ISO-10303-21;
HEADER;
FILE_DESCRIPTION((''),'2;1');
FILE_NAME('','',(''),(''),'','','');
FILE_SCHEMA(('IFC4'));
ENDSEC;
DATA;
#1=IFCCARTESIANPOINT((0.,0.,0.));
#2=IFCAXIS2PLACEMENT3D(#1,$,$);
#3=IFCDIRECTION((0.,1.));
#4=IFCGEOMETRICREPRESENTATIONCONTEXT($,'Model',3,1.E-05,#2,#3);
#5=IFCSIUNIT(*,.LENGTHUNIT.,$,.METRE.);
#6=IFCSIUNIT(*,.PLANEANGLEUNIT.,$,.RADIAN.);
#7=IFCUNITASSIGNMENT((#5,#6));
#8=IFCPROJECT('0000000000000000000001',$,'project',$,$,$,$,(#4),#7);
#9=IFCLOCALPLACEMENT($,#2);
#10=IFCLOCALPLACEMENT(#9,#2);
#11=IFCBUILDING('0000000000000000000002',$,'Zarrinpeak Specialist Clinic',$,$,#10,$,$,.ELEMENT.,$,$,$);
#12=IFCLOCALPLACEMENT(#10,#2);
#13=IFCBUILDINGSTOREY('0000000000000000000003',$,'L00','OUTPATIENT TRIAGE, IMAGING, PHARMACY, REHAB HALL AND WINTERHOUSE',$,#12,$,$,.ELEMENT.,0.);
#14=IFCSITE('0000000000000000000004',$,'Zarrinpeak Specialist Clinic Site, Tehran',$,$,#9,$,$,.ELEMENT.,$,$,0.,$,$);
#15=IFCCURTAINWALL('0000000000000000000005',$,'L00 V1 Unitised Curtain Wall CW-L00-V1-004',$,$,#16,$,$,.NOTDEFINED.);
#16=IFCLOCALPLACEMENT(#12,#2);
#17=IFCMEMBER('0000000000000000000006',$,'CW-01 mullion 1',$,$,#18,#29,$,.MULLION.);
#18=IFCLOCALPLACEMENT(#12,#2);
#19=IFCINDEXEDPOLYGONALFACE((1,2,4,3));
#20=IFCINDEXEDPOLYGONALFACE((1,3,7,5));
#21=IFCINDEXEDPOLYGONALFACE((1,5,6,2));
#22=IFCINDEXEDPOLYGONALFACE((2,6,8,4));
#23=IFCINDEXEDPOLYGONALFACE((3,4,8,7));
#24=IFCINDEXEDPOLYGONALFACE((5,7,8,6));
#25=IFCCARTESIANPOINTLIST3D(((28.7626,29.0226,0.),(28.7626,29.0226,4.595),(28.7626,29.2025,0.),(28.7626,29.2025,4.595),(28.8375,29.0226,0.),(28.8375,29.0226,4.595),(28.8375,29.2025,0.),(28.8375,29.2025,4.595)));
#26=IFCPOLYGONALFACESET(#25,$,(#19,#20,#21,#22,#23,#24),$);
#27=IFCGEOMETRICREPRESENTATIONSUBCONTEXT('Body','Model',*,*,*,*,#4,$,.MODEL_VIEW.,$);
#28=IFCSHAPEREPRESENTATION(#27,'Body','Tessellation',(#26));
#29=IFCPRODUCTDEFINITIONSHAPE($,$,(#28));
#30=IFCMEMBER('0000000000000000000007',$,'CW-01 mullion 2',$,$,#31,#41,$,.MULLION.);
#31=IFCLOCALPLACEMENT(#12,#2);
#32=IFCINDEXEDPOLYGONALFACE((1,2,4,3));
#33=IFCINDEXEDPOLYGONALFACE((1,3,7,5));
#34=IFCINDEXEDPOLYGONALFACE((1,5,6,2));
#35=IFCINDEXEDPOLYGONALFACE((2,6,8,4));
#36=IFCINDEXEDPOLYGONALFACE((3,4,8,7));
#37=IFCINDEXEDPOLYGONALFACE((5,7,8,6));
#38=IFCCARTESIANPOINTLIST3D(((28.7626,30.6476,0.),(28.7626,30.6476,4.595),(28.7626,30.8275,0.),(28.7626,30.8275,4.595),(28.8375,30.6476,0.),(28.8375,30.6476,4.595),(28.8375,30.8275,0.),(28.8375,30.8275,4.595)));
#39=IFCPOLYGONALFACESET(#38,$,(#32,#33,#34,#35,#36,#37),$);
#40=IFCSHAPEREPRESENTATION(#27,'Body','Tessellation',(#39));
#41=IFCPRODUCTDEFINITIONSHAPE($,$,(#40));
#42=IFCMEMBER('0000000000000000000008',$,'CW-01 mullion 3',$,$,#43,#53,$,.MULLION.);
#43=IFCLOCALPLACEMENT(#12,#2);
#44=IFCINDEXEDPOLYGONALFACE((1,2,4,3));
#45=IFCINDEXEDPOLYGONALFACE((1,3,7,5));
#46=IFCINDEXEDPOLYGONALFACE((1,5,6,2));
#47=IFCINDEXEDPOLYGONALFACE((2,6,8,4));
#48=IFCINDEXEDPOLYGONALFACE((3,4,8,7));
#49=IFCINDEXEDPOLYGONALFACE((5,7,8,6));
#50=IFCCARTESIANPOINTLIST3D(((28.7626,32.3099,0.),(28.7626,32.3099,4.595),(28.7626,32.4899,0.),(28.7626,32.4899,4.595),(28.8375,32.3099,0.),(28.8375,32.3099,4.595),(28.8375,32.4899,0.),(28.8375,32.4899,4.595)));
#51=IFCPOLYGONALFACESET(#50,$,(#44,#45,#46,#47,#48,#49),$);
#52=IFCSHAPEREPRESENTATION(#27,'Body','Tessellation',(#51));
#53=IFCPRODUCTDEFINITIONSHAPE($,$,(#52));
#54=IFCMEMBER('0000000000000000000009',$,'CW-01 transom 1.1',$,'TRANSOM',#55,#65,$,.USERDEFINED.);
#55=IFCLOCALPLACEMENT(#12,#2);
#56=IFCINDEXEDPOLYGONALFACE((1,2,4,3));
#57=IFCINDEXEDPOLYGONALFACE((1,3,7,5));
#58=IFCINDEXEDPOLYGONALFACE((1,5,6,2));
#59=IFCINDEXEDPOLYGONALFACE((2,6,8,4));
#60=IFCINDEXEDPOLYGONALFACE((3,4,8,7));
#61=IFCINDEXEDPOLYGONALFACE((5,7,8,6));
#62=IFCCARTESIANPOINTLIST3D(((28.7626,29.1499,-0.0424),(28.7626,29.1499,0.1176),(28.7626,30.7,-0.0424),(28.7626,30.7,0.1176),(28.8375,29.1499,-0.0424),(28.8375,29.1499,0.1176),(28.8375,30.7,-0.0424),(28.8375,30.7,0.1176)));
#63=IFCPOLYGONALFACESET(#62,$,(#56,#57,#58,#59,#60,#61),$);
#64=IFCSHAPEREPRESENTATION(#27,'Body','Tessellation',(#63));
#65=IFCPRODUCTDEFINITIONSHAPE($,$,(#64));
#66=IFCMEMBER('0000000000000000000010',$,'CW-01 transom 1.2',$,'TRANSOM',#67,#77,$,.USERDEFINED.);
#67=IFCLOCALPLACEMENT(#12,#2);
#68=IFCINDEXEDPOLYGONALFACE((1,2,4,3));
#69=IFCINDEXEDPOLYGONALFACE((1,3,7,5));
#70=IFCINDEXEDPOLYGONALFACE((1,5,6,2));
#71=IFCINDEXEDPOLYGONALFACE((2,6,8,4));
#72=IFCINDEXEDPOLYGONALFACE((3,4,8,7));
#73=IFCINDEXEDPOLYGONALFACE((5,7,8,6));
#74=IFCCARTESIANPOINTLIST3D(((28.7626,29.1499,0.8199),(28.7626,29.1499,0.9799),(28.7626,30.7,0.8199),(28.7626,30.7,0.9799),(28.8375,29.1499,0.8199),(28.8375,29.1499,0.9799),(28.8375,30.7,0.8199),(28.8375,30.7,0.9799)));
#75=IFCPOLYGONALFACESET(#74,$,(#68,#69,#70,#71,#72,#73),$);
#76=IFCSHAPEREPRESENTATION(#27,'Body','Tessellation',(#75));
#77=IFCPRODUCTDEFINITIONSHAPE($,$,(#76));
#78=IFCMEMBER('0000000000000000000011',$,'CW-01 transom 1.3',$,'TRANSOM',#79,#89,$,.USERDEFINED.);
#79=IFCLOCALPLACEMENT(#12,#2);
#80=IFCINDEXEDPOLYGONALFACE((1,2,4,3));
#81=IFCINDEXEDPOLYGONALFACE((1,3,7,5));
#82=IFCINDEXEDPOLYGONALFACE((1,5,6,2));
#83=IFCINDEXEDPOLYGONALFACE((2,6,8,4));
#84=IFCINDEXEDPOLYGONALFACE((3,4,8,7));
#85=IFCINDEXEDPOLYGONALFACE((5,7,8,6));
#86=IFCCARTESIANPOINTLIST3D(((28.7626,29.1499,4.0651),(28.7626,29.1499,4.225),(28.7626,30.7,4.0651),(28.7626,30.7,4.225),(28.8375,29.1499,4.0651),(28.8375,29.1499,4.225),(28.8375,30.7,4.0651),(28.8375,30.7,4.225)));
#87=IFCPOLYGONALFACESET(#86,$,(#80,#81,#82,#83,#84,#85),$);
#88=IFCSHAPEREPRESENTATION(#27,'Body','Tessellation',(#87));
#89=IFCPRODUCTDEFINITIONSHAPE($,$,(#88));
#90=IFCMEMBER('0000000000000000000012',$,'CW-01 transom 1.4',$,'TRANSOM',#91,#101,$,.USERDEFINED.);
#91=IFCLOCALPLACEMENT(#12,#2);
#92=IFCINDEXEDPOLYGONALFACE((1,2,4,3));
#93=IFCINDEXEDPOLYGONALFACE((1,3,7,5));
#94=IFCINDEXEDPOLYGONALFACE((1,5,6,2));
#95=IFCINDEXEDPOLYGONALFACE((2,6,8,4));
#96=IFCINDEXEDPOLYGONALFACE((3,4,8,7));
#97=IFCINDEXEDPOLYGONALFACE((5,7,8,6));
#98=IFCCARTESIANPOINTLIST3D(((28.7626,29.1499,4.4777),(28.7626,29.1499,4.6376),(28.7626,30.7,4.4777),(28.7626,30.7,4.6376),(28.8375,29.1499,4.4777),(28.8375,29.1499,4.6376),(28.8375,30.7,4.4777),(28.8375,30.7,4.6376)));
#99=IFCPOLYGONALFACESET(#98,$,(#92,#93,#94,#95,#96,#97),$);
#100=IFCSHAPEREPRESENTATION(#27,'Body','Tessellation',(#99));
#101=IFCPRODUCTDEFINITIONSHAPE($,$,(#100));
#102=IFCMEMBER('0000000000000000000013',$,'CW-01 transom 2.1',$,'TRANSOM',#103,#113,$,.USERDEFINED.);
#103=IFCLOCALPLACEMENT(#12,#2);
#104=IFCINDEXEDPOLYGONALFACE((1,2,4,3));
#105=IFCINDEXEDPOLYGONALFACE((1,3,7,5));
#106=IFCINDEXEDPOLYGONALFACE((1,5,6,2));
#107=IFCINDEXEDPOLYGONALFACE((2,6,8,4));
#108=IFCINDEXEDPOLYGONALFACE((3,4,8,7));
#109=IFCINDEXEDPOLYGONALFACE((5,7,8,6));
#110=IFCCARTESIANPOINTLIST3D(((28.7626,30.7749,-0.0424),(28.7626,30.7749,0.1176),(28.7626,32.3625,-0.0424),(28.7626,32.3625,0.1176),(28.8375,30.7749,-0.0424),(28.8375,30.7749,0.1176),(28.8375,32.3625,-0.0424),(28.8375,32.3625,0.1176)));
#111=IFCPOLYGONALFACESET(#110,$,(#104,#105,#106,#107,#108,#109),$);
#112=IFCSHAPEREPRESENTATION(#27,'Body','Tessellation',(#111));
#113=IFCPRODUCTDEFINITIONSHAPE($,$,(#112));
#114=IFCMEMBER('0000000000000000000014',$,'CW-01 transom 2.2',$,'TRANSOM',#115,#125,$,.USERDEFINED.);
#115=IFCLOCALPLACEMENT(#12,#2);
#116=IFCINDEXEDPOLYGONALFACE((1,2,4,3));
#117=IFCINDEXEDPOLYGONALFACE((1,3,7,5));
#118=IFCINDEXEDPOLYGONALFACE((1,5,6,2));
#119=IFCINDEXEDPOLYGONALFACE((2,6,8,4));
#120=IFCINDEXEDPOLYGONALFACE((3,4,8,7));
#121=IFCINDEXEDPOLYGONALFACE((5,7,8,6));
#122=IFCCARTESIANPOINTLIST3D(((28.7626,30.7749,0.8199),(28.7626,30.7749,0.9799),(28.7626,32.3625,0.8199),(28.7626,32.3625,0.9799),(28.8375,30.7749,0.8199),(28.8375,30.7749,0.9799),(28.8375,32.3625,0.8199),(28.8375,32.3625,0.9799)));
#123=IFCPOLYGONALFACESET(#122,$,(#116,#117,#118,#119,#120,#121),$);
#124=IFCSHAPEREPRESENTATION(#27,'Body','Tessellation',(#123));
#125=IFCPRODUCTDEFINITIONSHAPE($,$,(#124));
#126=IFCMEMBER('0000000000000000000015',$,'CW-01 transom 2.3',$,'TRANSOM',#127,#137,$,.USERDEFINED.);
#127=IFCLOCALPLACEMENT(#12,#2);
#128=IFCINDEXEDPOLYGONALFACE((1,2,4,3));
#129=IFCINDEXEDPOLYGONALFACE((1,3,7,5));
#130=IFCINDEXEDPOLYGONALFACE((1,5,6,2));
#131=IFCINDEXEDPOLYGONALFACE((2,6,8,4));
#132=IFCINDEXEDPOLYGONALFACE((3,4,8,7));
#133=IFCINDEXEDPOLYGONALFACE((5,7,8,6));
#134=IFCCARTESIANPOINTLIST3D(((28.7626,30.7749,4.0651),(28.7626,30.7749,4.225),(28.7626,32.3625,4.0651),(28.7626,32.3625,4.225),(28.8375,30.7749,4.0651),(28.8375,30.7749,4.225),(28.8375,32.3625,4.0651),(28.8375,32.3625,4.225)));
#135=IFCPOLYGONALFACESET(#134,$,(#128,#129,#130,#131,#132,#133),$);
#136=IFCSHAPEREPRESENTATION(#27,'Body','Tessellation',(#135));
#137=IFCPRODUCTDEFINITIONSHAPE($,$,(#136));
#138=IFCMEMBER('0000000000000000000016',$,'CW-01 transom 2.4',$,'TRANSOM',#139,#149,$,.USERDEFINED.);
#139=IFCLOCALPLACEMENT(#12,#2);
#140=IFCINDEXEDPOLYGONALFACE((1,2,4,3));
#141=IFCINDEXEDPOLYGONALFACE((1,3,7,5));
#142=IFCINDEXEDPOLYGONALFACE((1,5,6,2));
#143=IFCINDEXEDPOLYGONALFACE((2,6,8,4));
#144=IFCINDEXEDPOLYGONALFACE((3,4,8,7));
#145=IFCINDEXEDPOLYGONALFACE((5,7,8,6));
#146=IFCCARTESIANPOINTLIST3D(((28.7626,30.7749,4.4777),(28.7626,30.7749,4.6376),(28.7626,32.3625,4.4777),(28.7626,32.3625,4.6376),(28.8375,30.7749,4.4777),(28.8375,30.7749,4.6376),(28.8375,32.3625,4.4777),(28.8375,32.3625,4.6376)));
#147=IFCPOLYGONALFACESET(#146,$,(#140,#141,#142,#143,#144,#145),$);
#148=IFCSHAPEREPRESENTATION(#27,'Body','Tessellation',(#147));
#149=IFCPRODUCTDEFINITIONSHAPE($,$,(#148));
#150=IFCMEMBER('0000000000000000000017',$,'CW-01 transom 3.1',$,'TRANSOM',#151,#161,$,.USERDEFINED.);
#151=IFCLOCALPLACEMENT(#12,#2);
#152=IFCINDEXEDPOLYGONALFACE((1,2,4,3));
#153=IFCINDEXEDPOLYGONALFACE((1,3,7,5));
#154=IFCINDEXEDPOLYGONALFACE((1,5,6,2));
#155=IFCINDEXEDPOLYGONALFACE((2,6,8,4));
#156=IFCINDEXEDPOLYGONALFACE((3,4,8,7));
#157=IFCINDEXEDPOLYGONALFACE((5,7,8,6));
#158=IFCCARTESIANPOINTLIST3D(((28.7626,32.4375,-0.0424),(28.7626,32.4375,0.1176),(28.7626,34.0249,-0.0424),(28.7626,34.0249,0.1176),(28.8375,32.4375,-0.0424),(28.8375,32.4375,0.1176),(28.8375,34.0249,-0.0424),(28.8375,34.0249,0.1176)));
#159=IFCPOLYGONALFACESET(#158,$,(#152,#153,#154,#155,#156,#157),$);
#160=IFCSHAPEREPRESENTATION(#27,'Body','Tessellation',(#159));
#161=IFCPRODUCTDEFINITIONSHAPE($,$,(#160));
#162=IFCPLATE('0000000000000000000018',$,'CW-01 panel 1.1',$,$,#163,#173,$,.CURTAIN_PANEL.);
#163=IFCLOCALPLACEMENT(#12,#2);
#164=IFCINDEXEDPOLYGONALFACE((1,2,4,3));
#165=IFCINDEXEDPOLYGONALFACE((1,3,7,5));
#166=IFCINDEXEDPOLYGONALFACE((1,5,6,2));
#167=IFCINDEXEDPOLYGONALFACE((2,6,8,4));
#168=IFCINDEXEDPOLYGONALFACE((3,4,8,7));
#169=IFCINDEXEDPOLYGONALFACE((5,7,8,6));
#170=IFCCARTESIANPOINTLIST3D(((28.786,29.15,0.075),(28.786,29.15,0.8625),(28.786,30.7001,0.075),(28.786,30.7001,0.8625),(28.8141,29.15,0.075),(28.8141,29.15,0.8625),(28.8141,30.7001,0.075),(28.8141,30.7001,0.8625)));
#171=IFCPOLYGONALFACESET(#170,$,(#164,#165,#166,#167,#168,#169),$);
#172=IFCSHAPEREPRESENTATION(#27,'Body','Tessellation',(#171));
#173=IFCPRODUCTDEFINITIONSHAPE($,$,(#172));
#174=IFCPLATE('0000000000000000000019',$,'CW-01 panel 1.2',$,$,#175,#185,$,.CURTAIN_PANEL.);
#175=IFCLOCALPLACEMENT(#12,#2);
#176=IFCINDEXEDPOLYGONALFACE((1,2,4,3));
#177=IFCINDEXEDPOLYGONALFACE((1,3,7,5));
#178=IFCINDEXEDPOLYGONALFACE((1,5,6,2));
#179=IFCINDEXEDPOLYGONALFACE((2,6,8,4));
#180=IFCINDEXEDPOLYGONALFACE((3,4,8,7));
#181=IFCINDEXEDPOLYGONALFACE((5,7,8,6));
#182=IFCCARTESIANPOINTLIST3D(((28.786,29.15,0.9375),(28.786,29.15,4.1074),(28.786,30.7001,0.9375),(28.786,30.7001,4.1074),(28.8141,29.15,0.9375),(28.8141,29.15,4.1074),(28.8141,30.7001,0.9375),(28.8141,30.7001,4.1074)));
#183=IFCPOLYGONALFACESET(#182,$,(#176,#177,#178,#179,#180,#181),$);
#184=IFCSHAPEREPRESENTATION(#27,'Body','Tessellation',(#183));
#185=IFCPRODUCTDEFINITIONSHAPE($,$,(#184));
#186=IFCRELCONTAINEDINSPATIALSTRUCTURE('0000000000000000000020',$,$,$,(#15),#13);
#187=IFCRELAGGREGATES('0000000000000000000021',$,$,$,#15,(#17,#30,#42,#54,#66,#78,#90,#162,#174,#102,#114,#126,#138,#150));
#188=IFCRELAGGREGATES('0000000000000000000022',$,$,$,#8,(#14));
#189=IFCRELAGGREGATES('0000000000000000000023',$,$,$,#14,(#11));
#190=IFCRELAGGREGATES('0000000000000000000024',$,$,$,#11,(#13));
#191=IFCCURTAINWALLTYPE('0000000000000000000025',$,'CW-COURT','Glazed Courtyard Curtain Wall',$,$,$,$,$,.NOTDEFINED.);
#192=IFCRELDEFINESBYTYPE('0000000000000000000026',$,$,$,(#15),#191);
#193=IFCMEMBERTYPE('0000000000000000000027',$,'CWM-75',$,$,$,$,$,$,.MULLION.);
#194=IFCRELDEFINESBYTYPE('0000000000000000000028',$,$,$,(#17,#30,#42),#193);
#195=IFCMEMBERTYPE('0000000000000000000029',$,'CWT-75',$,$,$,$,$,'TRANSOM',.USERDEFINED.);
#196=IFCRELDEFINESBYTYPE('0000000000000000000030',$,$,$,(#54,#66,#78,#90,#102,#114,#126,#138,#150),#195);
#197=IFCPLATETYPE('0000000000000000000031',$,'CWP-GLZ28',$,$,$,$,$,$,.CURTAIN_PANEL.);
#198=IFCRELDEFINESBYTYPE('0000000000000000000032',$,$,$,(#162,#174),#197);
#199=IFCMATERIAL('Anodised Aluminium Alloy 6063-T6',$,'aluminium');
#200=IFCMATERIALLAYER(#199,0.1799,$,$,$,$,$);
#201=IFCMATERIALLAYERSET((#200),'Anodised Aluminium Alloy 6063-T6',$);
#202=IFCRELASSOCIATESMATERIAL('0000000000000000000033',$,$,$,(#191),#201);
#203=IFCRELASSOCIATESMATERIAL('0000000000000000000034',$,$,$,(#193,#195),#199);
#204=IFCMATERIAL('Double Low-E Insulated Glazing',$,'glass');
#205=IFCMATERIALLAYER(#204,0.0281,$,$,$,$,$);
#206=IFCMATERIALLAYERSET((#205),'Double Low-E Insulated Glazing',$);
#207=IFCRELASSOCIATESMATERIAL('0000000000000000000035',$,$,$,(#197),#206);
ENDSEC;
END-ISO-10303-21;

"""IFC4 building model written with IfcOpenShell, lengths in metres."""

from ifc_helpers import new_model, si_unit, direction, frame, origin, origin_2d, place, context, subcontext, project, spatial, rectangle, extrude, material, layer, layer_set, material_profile, profile_set, type_object, element, aggregate, save


model = new_model("IFC4")

# Units and contexts
model_context = context("Model", 3, precision=1e-05, world=origin(), true_north=direction((0.0, 1.0)))
body_context = subcontext(model_context, "Body", "Model", "MODEL_VIEW")
ifc_project = project(units=[si_unit("LENGTHUNIT", "METRE"), si_unit("PLANEANGLEUNIT", "RADIAN")], contexts=[model_context])

# Site, building, storey
site_placement = place(None, origin())
site = spatial("IfcSite", under=ifc_project, at=site_placement, Name="Zarrinpeak Specialist Clinic Site, Tehran", CompositionType="ELEMENT", RefElevation=0.0)
building_placement = place(site_placement, origin())
building = spatial("IfcBuilding", under=site, at=building_placement, Name="Zarrinpeak Specialist Clinic", CompositionType="ELEMENT")
storey_placement = place(building_placement, origin())
storey = spatial("IfcBuildingStorey", under=building, at=storey_placement, Name="L00", Description="OUTPATIENT TRIAGE, IMAGING, PHARMACY, REHAB HALL AND WINTERHOUSE", CompositionType="ELEMENT", Elevation=0.0)

# Curtain wall, members, plates
ifc_material_1 = material(Name="Anodised Aluminium Alloy 6063-T6", Category="aluminium")
ifc_layer_1 = layer(ifc_material_1, 0.1799)
ifc_layer_set_1 = layer_set([ifc_layer_1], Name="Anodised Aluminium Alloy 6063-T6")
curtain_wall_type = type_object("IfcCurtainWallType", Name="CW-COURT", Description="Glazed Courtyard Curtain Wall", PredefinedType="NOTDEFINED", material=ifc_layer_set_1)
curtain_wall_placement = place(storey_placement, origin())
curtain_wall = element("IfcCurtainWall", 1, at=curtain_wall_placement, inside=storey, type_object=curtain_wall_type, Name="L00 V1 Unitised Curtain Wall CW-L00-V1-004", PredefinedType="NOTDEFINED")
ifc_material_profile_1 = material_profile(ifc_material_1, rectangle(XDim=0.075, YDim=0.1799, at=origin_2d()), Name="ALU 75x180")
ifc_profile_set_1 = profile_set([ifc_material_profile_1], Name="Anodised Aluminium Alloy 6063-T6")
member_type_1 = type_object("IfcMemberType", Name="CWM-75", PredefinedType="MULLION", material=ifc_profile_set_1)
member_1_placement = place(storey_placement, frame((28.8, 29.1125, 0.0), z_axis=(0.0, 0.0, 1.0), x_axis=(-1.0, 0.0, 0.0)))
member_1 = element("IfcMember", 2, at=member_1_placement, type_object=member_type_1, Name="CW-01 mullion 1", PredefinedType="MULLION", context=body_context, shape_type="SweptSolid", body=[
    extrude(rectangle(XDim=0.075, YDim=0.1799, at=origin_2d()), origin(), (0.0, 0.0, 1.0), 4.595),
])
member_2_placement = place(storey_placement, frame((28.8, 30.7375, 0.0), z_axis=(0.0, 0.0, 1.0), x_axis=(-1.0, 0.0, 0.0)))
member_2 = element("IfcMember", 3, at=member_2_placement, type_object=member_type_1, Name="CW-01 mullion 2", PredefinedType="MULLION", context=body_context, shape_type="SweptSolid", body=[
    extrude(rectangle(XDim=0.075, YDim=0.1799, at=origin_2d()), origin(), (0.0, 0.0, 1.0), 4.595),
])
member_3_placement = place(storey_placement, frame((28.8, 32.3999, 0.0), z_axis=(0.0, 0.0, 1.0), x_axis=(-1.0, 0.0, 0.0)))
member_3 = element("IfcMember", 4, at=member_3_placement, type_object=member_type_1, Name="CW-01 mullion 3", PredefinedType="MULLION", context=body_context, shape_type="SweptSolid", body=[
    extrude(rectangle(XDim=0.075, YDim=0.1799, at=origin_2d()), origin(), (0.0, 0.0, 1.0), 4.595),
])
ifc_material_profile_2 = material_profile(ifc_material_1, rectangle(XDim=0.075, YDim=0.1599, at=origin_2d()), Name="ALU 75x160")
ifc_profile_set_2 = profile_set([ifc_material_profile_2], Name="Anodised Aluminium Alloy 6063-T6")
member_type_2 = type_object("IfcMemberType", Name="CWT-75", ElementType="TRANSOM", PredefinedType="USERDEFINED", material=ifc_profile_set_2)
member_4_placement = place(storey_placement, frame((28.8, 29.1499, 0.0376), z_axis=(0.0, 1.0, 0.0), x_axis=(-1.0, 0.0, 0.0)))
member_4 = element("IfcMember", 5, at=member_4_placement, type_object=member_type_2, Name="CW-01 transom 1.1", ObjectType="TRANSOM", PredefinedType="USERDEFINED", context=body_context, shape_type="SweptSolid", body=[
    extrude(rectangle(XDim=0.075, YDim=0.1599, at=origin_2d()), origin(), (0.0, 0.0, 1.0), 1.55),
])
member_5_placement = place(storey_placement, frame((28.8, 29.1499, 0.8999), z_axis=(0.0, 1.0, 0.0), x_axis=(-1.0, 0.0, 0.0)))
member_5 = element("IfcMember", 6, at=member_5_placement, type_object=member_type_2, Name="CW-01 transom 1.2", ObjectType="TRANSOM", PredefinedType="USERDEFINED", context=body_context, shape_type="SweptSolid", body=[
    extrude(rectangle(XDim=0.075, YDim=0.1599, at=origin_2d()), origin(), (0.0, 0.0, 1.0), 1.55),
])
member_6_placement = place(storey_placement, frame((28.8, 29.1499, 4.145), z_axis=(0.0, 1.0, 0.0), x_axis=(-1.0, 0.0, 0.0)))
member_6 = element("IfcMember", 7, at=member_6_placement, type_object=member_type_2, Name="CW-01 transom 1.3", ObjectType="TRANSOM", PredefinedType="USERDEFINED", context=body_context, shape_type="SweptSolid", body=[
    extrude(rectangle(XDim=0.075, YDim=0.1599, at=origin_2d()), origin(), (0.0, 0.0, 1.0), 1.55),
])
member_7_placement = place(storey_placement, frame((28.8, 29.1499, 4.5576), z_axis=(0.0, 1.0, 0.0), x_axis=(-1.0, 0.0, 0.0)))
member_7 = element("IfcMember", 8, at=member_7_placement, type_object=member_type_2, Name="CW-01 transom 1.4", ObjectType="TRANSOM", PredefinedType="USERDEFINED", context=body_context, shape_type="SweptSolid", body=[
    extrude(rectangle(XDim=0.075, YDim=0.1599, at=origin_2d()), origin(), (0.0, 0.0, 1.0), 1.55),
])
member_8_placement = place(storey_placement, frame((28.8, 30.7749, 0.0376), z_axis=(0.0, 1.0, 0.0), x_axis=(-1.0, 0.0, 0.0)))
member_8 = element("IfcMember", 9, at=member_8_placement, type_object=member_type_2, Name="CW-01 transom 2.1", ObjectType="TRANSOM", PredefinedType="USERDEFINED", context=body_context, shape_type="SweptSolid", body=[
    extrude(rectangle(XDim=0.075, YDim=0.1599, at=origin_2d()), origin(), (0.0, 0.0, 1.0), 1.5876),
])
member_9_placement = place(storey_placement, frame((28.8, 30.7749, 0.8999), z_axis=(0.0, 1.0, 0.0), x_axis=(-1.0, 0.0, 0.0)))
member_9 = element("IfcMember", 10, at=member_9_placement, type_object=member_type_2, Name="CW-01 transom 2.2", ObjectType="TRANSOM", PredefinedType="USERDEFINED", context=body_context, shape_type="SweptSolid", body=[
    extrude(rectangle(XDim=0.075, YDim=0.1599, at=origin_2d()), origin(), (0.0, 0.0, 1.0), 1.5876),
])
member_10_placement = place(storey_placement, frame((28.8, 30.7749, 4.145), z_axis=(0.0, 1.0, 0.0), x_axis=(-1.0, 0.0, 0.0)))
member_10 = element("IfcMember", 11, at=member_10_placement, type_object=member_type_2, Name="CW-01 transom 2.3", ObjectType="TRANSOM", PredefinedType="USERDEFINED", context=body_context, shape_type="SweptSolid", body=[
    extrude(rectangle(XDim=0.075, YDim=0.1599, at=origin_2d()), origin(), (0.0, 0.0, 1.0), 1.5876),
])
member_11_placement = place(storey_placement, frame((28.8, 30.7749, 4.5576), z_axis=(0.0, 1.0, 0.0), x_axis=(-1.0, 0.0, 0.0)))
member_11 = element("IfcMember", 12, at=member_11_placement, type_object=member_type_2, Name="CW-01 transom 2.4", ObjectType="TRANSOM", PredefinedType="USERDEFINED", context=body_context, shape_type="SweptSolid", body=[
    extrude(rectangle(XDim=0.075, YDim=0.1599, at=origin_2d()), origin(), (0.0, 0.0, 1.0), 1.5876),
])
member_12_placement = place(storey_placement, frame((28.8, 32.4375, 0.0376), z_axis=(0.0, 1.0, 0.0), x_axis=(-1.0, 0.0, 0.0)))
member_12 = element("IfcMember", 13, at=member_12_placement, type_object=member_type_2, Name="CW-01 transom 3.1", ObjectType="TRANSOM", PredefinedType="USERDEFINED", context=body_context, shape_type="SweptSolid", body=[
    extrude(rectangle(XDim=0.075, YDim=0.1599, at=origin_2d()), origin(), (0.0, 0.0, 1.0), 1.5874),
])
ifc_material_2 = material(Name="Double Low-E Insulated Glazing", Category="glass")
ifc_layer_2 = layer(ifc_material_2, 0.0281)
ifc_layer_set_2 = layer_set([ifc_layer_2], Name="Double Low-E Insulated Glazing")
plate_type = type_object("IfcPlateType", Name="CWP-GLZ28", PredefinedType="CURTAIN_PANEL", material=ifc_layer_set_2)
plate_1_placement = place(storey_placement, frame((28.8, 29.925, 0.075), z_axis=(0.0, 0.0, 1.0), x_axis=(0.0, 1.0, 0.0)))
plate_1 = element("IfcPlate", 14, at=plate_1_placement, type_object=plate_type, Name="CW-01 panel 1.1", PredefinedType="CURTAIN_PANEL", context=body_context, shape_type="SweptSolid", body=[
    extrude(rectangle(XDim=1.55, YDim=0.0281, at=origin_2d()), origin(), (0.0, 0.0, 1.0), 0.7876),
])
plate_2_placement = place(storey_placement, frame((28.8, 29.925, 0.9375), z_axis=(0.0, 0.0, 1.0), x_axis=(0.0, 1.0, 0.0)))
plate_2 = element("IfcPlate", 15, at=plate_2_placement, type_object=plate_type, Name="CW-01 panel 1.2", PredefinedType="CURTAIN_PANEL", context=body_context, shape_type="SweptSolid", body=[
    extrude(rectangle(XDim=1.55, YDim=0.0281, at=origin_2d()), origin(), (0.0, 0.0, 1.0), 3.1699),
])
aggregate(curtain_wall, [member_1, member_2, member_3, member_4, member_5, member_6, member_7, plate_1, plate_2, member_8, member_9, member_10, member_11, member_12])

save(model, "model.ifc")
